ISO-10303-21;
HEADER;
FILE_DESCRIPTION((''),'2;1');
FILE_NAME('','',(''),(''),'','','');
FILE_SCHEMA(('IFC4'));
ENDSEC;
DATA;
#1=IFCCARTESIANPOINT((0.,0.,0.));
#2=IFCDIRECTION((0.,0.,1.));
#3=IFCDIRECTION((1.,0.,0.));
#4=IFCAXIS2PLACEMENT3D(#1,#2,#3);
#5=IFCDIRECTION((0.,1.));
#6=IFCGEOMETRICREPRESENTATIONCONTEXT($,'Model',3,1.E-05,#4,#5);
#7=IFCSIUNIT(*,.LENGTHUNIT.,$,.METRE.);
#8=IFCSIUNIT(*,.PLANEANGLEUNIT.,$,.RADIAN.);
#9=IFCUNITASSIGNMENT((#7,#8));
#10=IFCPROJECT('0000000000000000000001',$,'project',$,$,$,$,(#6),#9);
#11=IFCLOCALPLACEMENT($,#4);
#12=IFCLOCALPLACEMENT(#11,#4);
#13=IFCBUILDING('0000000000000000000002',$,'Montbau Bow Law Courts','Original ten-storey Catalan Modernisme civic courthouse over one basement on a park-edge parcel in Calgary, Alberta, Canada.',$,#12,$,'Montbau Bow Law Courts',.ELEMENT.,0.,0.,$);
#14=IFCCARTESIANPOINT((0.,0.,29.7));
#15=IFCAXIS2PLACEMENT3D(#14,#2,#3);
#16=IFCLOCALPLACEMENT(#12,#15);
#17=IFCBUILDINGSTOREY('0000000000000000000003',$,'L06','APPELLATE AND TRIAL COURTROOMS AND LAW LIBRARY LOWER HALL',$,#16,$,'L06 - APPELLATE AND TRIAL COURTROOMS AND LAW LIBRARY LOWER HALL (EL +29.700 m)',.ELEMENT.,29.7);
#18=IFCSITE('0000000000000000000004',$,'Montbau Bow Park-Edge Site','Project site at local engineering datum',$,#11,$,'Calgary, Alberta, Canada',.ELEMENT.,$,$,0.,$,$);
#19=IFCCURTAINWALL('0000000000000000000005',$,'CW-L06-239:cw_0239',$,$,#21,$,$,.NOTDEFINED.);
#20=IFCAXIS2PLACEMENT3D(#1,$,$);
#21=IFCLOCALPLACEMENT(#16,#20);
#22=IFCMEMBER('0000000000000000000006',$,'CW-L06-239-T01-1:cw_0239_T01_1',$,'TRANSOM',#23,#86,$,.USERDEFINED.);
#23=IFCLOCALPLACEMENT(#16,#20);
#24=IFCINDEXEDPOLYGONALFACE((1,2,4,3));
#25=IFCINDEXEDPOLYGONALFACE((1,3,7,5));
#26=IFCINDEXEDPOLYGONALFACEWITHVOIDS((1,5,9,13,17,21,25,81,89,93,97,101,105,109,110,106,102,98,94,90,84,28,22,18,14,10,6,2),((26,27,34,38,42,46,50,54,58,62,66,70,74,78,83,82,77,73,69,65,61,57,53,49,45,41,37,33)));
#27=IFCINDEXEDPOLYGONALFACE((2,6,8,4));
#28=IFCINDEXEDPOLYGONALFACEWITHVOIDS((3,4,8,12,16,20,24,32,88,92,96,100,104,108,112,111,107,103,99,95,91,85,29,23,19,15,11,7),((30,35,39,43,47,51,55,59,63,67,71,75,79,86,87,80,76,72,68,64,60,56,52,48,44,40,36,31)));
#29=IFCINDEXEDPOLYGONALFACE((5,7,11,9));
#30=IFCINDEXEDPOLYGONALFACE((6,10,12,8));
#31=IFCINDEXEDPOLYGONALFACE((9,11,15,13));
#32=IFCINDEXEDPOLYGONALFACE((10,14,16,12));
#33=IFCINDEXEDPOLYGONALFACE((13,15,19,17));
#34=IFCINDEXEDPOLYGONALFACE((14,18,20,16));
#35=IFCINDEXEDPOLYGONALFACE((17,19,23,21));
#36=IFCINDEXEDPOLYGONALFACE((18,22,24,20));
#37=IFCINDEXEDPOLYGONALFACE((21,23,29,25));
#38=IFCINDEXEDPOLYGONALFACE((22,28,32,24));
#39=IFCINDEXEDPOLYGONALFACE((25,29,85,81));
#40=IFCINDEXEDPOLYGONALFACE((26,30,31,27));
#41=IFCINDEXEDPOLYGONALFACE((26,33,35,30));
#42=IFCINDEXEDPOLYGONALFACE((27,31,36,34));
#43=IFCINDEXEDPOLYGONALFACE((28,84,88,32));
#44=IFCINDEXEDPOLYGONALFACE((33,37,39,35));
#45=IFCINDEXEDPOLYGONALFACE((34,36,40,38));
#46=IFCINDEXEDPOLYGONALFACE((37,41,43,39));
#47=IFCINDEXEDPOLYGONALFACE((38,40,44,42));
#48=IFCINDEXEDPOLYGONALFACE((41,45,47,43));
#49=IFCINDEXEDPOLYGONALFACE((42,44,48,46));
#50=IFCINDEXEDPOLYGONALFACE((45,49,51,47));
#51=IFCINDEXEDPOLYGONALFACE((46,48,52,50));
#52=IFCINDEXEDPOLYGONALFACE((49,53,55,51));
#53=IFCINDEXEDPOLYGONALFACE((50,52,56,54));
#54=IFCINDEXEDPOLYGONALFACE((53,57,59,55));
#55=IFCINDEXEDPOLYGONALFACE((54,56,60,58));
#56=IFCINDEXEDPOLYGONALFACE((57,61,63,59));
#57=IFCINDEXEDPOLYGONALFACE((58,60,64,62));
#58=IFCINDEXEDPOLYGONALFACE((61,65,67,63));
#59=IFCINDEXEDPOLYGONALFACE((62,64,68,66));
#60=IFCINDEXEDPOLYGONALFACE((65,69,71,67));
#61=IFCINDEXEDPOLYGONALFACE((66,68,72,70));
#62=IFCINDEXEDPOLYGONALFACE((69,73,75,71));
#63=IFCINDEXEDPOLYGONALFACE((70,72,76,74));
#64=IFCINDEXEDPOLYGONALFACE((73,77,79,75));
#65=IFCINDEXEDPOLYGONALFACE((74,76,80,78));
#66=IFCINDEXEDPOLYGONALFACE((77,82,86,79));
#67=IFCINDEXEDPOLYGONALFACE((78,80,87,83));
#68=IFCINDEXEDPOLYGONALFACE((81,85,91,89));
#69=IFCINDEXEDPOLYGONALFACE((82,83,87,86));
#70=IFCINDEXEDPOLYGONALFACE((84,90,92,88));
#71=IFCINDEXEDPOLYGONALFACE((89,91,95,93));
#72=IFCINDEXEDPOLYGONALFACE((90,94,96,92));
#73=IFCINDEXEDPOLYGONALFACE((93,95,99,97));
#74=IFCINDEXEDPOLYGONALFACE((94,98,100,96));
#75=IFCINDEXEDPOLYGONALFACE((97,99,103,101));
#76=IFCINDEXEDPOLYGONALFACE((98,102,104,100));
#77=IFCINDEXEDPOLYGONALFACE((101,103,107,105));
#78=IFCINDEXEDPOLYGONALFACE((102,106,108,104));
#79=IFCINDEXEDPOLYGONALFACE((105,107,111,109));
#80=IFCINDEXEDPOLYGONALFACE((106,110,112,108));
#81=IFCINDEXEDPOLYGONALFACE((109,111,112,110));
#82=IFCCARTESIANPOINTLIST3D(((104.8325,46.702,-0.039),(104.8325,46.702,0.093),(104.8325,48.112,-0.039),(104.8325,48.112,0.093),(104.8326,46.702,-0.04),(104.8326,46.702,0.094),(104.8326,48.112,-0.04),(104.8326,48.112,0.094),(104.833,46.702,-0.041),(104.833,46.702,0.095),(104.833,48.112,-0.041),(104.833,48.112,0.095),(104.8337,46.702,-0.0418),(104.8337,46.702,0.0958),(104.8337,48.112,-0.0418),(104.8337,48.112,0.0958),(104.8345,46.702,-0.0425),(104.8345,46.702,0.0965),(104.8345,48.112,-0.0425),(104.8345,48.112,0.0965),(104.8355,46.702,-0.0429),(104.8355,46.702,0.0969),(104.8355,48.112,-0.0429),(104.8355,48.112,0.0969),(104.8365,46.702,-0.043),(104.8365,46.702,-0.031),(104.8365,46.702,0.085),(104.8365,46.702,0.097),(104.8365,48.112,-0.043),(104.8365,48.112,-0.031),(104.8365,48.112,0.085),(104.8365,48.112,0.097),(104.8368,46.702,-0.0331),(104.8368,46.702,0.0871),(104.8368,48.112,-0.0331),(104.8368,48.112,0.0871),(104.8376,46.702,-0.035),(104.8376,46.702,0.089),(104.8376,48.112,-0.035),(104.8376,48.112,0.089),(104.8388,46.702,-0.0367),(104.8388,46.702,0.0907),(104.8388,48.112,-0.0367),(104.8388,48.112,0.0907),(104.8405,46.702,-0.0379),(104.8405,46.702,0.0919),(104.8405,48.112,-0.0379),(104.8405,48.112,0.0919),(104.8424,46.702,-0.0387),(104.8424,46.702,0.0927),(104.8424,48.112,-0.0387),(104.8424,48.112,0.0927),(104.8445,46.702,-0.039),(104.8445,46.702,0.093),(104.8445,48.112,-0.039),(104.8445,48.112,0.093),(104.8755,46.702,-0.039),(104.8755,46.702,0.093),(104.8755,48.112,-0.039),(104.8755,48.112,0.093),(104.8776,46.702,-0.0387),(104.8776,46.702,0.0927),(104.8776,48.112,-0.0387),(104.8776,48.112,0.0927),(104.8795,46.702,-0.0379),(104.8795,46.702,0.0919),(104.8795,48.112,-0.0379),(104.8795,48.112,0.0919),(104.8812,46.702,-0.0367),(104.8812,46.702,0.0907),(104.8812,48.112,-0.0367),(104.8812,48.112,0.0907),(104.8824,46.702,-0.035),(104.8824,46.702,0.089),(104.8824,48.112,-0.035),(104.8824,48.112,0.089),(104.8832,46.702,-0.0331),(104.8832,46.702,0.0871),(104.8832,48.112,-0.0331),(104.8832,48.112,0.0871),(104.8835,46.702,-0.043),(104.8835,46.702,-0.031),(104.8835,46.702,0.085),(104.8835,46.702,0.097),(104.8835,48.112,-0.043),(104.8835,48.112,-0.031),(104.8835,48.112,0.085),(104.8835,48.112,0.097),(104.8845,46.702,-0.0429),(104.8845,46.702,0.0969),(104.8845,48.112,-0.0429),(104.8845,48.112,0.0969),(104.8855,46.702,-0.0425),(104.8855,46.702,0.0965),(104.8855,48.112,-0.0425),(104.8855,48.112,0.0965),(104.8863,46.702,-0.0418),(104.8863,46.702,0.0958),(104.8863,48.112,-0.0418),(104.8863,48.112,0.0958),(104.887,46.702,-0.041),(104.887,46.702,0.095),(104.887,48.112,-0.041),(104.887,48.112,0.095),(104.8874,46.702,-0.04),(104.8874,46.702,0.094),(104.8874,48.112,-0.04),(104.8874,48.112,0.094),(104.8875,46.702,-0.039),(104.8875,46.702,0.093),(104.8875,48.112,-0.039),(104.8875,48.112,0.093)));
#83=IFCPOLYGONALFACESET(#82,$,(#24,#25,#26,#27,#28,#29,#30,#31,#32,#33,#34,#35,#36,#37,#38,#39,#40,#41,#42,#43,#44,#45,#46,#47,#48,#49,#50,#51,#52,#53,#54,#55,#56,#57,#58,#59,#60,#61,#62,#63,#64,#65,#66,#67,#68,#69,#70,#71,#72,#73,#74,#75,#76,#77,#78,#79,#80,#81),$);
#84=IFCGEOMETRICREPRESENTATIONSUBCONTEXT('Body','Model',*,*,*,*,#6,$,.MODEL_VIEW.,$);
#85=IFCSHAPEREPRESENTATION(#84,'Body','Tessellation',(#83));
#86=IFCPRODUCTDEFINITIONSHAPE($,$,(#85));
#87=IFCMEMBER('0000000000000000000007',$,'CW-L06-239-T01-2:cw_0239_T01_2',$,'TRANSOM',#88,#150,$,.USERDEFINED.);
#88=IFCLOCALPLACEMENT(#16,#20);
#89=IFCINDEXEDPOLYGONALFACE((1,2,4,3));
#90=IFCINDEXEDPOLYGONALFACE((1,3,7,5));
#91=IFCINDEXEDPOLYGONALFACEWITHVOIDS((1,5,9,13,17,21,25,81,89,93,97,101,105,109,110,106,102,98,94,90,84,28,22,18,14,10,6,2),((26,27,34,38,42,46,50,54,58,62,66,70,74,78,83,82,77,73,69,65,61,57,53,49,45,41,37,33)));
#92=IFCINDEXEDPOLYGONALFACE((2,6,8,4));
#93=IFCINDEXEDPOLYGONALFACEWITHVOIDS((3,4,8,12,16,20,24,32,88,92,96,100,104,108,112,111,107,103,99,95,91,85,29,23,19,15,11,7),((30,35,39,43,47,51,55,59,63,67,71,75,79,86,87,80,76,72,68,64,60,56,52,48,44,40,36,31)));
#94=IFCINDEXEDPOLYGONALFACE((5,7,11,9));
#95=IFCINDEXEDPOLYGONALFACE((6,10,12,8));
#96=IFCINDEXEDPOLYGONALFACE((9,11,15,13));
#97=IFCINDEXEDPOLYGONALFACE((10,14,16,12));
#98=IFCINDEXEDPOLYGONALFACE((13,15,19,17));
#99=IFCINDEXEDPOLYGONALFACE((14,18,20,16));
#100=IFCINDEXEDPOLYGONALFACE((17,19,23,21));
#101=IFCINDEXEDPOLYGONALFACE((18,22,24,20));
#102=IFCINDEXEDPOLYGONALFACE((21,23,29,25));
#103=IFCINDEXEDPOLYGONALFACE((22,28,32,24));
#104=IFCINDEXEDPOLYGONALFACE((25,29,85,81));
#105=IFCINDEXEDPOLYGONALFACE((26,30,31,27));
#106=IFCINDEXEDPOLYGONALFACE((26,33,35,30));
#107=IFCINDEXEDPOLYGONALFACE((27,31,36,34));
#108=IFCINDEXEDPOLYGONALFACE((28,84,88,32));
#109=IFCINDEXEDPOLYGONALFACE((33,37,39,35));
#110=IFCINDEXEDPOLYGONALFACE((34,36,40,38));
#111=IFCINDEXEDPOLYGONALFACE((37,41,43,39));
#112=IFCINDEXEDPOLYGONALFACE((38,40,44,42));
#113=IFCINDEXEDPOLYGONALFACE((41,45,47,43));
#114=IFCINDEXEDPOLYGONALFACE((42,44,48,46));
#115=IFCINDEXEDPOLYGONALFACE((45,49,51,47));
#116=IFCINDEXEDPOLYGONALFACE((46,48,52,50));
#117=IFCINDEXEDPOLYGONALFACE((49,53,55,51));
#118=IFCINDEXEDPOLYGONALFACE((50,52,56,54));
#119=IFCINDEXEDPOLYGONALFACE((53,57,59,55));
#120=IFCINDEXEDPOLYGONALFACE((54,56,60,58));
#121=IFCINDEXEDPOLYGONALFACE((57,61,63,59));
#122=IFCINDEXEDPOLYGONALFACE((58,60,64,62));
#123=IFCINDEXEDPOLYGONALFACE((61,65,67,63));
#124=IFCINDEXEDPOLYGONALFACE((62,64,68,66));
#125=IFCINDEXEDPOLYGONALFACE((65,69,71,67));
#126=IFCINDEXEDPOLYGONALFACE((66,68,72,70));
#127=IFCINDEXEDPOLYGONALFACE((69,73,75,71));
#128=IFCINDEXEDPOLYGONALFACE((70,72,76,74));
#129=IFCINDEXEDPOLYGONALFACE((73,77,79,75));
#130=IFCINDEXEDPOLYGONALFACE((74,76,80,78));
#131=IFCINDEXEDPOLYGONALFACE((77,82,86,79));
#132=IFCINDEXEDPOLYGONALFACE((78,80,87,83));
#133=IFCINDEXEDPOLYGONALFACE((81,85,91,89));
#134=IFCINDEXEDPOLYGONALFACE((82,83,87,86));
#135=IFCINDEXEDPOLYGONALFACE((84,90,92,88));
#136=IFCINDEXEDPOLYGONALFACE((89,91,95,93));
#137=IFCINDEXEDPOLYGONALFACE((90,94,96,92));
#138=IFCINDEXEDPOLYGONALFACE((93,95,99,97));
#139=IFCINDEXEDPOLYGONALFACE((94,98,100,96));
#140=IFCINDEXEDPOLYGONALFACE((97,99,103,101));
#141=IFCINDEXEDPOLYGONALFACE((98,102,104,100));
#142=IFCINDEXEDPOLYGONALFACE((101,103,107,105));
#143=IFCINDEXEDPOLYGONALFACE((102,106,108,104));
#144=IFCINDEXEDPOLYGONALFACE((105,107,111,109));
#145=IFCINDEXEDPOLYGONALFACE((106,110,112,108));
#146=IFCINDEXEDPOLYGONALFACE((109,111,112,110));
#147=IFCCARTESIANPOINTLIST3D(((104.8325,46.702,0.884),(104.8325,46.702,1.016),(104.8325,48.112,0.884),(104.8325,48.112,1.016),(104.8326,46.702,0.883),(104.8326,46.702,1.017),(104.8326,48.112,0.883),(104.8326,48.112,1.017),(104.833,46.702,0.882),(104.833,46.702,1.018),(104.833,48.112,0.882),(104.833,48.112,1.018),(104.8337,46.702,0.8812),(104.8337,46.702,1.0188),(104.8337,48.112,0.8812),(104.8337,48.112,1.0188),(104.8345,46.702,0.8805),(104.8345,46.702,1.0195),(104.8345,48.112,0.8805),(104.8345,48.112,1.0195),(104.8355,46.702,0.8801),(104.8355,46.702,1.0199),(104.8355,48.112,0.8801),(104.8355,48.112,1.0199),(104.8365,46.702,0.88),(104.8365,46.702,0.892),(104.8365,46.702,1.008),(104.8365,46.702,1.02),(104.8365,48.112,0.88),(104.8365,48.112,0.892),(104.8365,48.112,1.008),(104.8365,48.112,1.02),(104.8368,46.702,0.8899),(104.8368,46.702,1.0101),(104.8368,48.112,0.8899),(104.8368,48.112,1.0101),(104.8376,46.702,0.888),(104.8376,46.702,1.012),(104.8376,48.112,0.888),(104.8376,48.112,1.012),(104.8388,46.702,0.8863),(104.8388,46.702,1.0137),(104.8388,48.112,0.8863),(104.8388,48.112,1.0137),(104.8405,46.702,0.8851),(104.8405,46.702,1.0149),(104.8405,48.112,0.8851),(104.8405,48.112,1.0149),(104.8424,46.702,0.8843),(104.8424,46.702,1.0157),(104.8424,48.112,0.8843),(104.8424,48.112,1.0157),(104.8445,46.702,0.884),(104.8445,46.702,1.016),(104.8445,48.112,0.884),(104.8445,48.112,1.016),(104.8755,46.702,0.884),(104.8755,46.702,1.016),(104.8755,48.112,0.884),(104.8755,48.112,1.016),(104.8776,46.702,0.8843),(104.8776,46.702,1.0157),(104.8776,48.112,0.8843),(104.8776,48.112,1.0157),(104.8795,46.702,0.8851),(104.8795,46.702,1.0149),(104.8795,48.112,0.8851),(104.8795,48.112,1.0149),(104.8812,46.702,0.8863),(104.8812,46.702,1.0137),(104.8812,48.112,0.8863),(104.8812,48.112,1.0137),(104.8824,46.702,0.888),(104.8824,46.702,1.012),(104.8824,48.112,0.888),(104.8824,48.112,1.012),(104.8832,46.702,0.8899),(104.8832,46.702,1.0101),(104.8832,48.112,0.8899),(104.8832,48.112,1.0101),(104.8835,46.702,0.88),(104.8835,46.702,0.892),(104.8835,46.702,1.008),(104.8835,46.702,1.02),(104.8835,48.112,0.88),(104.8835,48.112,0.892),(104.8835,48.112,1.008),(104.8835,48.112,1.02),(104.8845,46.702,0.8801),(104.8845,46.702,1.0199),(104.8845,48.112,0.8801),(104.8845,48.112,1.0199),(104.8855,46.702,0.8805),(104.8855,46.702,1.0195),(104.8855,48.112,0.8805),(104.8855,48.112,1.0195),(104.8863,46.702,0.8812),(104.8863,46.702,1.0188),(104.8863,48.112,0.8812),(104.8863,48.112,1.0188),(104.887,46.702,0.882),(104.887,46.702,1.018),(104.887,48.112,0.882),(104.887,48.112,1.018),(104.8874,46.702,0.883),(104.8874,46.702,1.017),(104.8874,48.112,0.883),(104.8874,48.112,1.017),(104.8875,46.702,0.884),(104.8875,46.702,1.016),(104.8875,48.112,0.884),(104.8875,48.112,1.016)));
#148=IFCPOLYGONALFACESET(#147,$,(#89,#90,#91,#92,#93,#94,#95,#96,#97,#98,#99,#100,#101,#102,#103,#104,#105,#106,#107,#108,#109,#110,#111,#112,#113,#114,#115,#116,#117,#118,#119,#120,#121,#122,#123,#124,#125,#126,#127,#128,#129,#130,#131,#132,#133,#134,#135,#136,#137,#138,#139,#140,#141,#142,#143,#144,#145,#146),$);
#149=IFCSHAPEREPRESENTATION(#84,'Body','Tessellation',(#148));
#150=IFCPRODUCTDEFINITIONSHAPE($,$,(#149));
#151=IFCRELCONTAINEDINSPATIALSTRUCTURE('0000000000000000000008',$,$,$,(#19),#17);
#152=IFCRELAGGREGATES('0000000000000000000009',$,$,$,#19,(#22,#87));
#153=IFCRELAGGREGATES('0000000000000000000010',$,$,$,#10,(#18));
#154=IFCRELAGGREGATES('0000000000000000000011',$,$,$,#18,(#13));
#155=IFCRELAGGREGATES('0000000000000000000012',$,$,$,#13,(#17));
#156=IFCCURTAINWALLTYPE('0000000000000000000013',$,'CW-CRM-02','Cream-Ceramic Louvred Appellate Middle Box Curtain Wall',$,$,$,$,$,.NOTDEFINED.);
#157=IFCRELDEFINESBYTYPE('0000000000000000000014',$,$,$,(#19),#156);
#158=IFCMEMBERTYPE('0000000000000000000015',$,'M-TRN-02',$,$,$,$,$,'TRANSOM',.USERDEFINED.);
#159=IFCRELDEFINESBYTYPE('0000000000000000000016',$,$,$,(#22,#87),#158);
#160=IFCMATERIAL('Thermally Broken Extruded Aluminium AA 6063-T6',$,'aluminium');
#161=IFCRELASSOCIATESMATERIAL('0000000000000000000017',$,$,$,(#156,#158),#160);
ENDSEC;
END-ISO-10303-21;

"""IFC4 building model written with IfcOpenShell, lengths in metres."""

from ifc_helpers import new_model, si_unit, direction, frame, origin_with_axes, origin_2d_with_axis, place, context, subcontext, project, spatial, hollow_rectangle, extrude, material, material_profile, profile_set, type_object, element, aggregate, save


model = new_model("IFC4")

# Units and contexts
model_context = context("Model", 3, precision=1e-05, world=origin_with_axes(), true_north=direction((0.0, 1.0)))
body_context = subcontext(model_context, "Body", "Model", "MODEL_VIEW")
ifc_project = project(units=[si_unit("LENGTHUNIT", "METRE"), si_unit("PLANEANGLEUNIT", "RADIAN")], contexts=[model_context])

# Site, building, storey
site_placement = place(None, origin_with_axes())
site = spatial("IfcSite", under=ifc_project, at=site_placement, Name="Montbau Bow Park-Edge Site", Description="Project site at local engineering datum", LongName="Calgary, Alberta, Canada", CompositionType="ELEMENT", RefElevation=0.0)
building_placement = place(site_placement, origin_with_axes())
building = spatial("IfcBuilding", under=site, at=building_placement, Name="Montbau Bow Law Courts", Description="Original ten-storey Catalan Modernisme civic courthouse over one basement on a park-edge parcel in Calgary, Alberta, Canada.", LongName="Montbau Bow Law Courts", CompositionType="ELEMENT", ElevationOfRefHeight=0.0, ElevationOfTerrain=0.0)
storey_placement = place(building_placement, frame((0.0, 0.0, 29.7), z_axis=(0.0, 0.0, 1.0), x_axis=(1.0, 0.0, 0.0)))
storey = spatial("IfcBuildingStorey", under=building, at=storey_placement, Name="L06", Description="APPELLATE AND TRIAL COURTROOMS AND LAW LIBRARY LOWER HALL", LongName="L06 - APPELLATE AND TRIAL COURTROOMS AND LAW LIBRARY LOWER HALL (EL +29.700 m)", CompositionType="ELEMENT", Elevation=29.7)

# Shared definitions
ifc_material_1 = material(Name="Thermally Broken Extruded Aluminium AA 6063-T6", Category="aluminium")
curtain_wall_type = type_object("IfcCurtainWallType", Name="CW-CRM-02", Description="Cream-Ceramic Louvred Appellate Middle Box Curtain Wall", PredefinedType="NOTDEFINED", material=ifc_material_1)

# Curtain wall
curtain_wall_1_placement = place(None, frame((104.86, 46.64, 29.7), z_axis=(0.0, 0.0, 1.0), x_axis=(1.0, 0.0, 0.0)))
curtain_wall_1 = element("IfcCurtainWall", 1, at=curtain_wall_1_placement, inside=storey, type_object=curtain_wall_type, Name="CW-L06-239:cw_0239", PredefinedType="NOTDEFINED")

# Members
ifc_material_profile_1 = material_profile(ifc_material_1, hollow_rectangle(XDim=0.055, YDim=0.14, WallThickness=0.004, InnerFilletRadius=0.008, OuterFilletRadius=0.004, at=origin_2d_with_axis()), Name="CWT-140X55", Category="Main", Priority=0)
ifc_profile_set_1 = profile_set([ifc_material_profile_1], Name="Thermally Broken Extruded Aluminium AA 6063-T6")
member_type_1 = type_object("IfcMemberType", Name="M-TRN-02", ElementType="TRANSOM", PredefinedType="USERDEFINED", material=ifc_profile_set_1)
member_1_placement = place(None, frame((104.86, 46.702, 29.727), z_axis=(0.0, 1.0, 0.0), x_axis=(-1.0, 0.0, 0.0)))
member_1 = element("IfcMember", 2, at=member_1_placement, type_object=member_type_1, Name="CW-L06-239-T01-1:cw_0239_T01_1", ObjectType="TRANSOM", PredefinedType="USERDEFINED", context=body_context, shape_type="SweptSolid", body=[
    extrude(hollow_rectangle(XDim=0.055, YDim=0.14, WallThickness=0.004, InnerFilletRadius=0.008, OuterFilletRadius=0.004, at=origin_2d_with_axis()), origin_with_axes(), (0.0, 0.0, 1.0), 1.41),
])
member_2_placement = place(None, frame((104.86, 46.702, 30.65), z_axis=(0.0, 1.0, 0.0), x_axis=(-1.0, 0.0, 0.0)))
member_2 = element("IfcMember", 3, at=member_2_placement, type_object=member_type_1, Name="CW-L06-239-T01-2:cw_0239_T01_2", ObjectType="TRANSOM", PredefinedType="USERDEFINED", context=body_context, shape_type="SweptSolid", body=[
    extrude(hollow_rectangle(XDim=0.055, YDim=0.14, WallThickness=0.004, InnerFilletRadius=0.008, OuterFilletRadius=0.004, at=origin_2d_with_axis()), origin_with_axes(), (0.0, 0.0, 1.0), 1.41),
])

aggregate(curtain_wall_1, [member_1, member_2])

save(model, "model.ifc")
